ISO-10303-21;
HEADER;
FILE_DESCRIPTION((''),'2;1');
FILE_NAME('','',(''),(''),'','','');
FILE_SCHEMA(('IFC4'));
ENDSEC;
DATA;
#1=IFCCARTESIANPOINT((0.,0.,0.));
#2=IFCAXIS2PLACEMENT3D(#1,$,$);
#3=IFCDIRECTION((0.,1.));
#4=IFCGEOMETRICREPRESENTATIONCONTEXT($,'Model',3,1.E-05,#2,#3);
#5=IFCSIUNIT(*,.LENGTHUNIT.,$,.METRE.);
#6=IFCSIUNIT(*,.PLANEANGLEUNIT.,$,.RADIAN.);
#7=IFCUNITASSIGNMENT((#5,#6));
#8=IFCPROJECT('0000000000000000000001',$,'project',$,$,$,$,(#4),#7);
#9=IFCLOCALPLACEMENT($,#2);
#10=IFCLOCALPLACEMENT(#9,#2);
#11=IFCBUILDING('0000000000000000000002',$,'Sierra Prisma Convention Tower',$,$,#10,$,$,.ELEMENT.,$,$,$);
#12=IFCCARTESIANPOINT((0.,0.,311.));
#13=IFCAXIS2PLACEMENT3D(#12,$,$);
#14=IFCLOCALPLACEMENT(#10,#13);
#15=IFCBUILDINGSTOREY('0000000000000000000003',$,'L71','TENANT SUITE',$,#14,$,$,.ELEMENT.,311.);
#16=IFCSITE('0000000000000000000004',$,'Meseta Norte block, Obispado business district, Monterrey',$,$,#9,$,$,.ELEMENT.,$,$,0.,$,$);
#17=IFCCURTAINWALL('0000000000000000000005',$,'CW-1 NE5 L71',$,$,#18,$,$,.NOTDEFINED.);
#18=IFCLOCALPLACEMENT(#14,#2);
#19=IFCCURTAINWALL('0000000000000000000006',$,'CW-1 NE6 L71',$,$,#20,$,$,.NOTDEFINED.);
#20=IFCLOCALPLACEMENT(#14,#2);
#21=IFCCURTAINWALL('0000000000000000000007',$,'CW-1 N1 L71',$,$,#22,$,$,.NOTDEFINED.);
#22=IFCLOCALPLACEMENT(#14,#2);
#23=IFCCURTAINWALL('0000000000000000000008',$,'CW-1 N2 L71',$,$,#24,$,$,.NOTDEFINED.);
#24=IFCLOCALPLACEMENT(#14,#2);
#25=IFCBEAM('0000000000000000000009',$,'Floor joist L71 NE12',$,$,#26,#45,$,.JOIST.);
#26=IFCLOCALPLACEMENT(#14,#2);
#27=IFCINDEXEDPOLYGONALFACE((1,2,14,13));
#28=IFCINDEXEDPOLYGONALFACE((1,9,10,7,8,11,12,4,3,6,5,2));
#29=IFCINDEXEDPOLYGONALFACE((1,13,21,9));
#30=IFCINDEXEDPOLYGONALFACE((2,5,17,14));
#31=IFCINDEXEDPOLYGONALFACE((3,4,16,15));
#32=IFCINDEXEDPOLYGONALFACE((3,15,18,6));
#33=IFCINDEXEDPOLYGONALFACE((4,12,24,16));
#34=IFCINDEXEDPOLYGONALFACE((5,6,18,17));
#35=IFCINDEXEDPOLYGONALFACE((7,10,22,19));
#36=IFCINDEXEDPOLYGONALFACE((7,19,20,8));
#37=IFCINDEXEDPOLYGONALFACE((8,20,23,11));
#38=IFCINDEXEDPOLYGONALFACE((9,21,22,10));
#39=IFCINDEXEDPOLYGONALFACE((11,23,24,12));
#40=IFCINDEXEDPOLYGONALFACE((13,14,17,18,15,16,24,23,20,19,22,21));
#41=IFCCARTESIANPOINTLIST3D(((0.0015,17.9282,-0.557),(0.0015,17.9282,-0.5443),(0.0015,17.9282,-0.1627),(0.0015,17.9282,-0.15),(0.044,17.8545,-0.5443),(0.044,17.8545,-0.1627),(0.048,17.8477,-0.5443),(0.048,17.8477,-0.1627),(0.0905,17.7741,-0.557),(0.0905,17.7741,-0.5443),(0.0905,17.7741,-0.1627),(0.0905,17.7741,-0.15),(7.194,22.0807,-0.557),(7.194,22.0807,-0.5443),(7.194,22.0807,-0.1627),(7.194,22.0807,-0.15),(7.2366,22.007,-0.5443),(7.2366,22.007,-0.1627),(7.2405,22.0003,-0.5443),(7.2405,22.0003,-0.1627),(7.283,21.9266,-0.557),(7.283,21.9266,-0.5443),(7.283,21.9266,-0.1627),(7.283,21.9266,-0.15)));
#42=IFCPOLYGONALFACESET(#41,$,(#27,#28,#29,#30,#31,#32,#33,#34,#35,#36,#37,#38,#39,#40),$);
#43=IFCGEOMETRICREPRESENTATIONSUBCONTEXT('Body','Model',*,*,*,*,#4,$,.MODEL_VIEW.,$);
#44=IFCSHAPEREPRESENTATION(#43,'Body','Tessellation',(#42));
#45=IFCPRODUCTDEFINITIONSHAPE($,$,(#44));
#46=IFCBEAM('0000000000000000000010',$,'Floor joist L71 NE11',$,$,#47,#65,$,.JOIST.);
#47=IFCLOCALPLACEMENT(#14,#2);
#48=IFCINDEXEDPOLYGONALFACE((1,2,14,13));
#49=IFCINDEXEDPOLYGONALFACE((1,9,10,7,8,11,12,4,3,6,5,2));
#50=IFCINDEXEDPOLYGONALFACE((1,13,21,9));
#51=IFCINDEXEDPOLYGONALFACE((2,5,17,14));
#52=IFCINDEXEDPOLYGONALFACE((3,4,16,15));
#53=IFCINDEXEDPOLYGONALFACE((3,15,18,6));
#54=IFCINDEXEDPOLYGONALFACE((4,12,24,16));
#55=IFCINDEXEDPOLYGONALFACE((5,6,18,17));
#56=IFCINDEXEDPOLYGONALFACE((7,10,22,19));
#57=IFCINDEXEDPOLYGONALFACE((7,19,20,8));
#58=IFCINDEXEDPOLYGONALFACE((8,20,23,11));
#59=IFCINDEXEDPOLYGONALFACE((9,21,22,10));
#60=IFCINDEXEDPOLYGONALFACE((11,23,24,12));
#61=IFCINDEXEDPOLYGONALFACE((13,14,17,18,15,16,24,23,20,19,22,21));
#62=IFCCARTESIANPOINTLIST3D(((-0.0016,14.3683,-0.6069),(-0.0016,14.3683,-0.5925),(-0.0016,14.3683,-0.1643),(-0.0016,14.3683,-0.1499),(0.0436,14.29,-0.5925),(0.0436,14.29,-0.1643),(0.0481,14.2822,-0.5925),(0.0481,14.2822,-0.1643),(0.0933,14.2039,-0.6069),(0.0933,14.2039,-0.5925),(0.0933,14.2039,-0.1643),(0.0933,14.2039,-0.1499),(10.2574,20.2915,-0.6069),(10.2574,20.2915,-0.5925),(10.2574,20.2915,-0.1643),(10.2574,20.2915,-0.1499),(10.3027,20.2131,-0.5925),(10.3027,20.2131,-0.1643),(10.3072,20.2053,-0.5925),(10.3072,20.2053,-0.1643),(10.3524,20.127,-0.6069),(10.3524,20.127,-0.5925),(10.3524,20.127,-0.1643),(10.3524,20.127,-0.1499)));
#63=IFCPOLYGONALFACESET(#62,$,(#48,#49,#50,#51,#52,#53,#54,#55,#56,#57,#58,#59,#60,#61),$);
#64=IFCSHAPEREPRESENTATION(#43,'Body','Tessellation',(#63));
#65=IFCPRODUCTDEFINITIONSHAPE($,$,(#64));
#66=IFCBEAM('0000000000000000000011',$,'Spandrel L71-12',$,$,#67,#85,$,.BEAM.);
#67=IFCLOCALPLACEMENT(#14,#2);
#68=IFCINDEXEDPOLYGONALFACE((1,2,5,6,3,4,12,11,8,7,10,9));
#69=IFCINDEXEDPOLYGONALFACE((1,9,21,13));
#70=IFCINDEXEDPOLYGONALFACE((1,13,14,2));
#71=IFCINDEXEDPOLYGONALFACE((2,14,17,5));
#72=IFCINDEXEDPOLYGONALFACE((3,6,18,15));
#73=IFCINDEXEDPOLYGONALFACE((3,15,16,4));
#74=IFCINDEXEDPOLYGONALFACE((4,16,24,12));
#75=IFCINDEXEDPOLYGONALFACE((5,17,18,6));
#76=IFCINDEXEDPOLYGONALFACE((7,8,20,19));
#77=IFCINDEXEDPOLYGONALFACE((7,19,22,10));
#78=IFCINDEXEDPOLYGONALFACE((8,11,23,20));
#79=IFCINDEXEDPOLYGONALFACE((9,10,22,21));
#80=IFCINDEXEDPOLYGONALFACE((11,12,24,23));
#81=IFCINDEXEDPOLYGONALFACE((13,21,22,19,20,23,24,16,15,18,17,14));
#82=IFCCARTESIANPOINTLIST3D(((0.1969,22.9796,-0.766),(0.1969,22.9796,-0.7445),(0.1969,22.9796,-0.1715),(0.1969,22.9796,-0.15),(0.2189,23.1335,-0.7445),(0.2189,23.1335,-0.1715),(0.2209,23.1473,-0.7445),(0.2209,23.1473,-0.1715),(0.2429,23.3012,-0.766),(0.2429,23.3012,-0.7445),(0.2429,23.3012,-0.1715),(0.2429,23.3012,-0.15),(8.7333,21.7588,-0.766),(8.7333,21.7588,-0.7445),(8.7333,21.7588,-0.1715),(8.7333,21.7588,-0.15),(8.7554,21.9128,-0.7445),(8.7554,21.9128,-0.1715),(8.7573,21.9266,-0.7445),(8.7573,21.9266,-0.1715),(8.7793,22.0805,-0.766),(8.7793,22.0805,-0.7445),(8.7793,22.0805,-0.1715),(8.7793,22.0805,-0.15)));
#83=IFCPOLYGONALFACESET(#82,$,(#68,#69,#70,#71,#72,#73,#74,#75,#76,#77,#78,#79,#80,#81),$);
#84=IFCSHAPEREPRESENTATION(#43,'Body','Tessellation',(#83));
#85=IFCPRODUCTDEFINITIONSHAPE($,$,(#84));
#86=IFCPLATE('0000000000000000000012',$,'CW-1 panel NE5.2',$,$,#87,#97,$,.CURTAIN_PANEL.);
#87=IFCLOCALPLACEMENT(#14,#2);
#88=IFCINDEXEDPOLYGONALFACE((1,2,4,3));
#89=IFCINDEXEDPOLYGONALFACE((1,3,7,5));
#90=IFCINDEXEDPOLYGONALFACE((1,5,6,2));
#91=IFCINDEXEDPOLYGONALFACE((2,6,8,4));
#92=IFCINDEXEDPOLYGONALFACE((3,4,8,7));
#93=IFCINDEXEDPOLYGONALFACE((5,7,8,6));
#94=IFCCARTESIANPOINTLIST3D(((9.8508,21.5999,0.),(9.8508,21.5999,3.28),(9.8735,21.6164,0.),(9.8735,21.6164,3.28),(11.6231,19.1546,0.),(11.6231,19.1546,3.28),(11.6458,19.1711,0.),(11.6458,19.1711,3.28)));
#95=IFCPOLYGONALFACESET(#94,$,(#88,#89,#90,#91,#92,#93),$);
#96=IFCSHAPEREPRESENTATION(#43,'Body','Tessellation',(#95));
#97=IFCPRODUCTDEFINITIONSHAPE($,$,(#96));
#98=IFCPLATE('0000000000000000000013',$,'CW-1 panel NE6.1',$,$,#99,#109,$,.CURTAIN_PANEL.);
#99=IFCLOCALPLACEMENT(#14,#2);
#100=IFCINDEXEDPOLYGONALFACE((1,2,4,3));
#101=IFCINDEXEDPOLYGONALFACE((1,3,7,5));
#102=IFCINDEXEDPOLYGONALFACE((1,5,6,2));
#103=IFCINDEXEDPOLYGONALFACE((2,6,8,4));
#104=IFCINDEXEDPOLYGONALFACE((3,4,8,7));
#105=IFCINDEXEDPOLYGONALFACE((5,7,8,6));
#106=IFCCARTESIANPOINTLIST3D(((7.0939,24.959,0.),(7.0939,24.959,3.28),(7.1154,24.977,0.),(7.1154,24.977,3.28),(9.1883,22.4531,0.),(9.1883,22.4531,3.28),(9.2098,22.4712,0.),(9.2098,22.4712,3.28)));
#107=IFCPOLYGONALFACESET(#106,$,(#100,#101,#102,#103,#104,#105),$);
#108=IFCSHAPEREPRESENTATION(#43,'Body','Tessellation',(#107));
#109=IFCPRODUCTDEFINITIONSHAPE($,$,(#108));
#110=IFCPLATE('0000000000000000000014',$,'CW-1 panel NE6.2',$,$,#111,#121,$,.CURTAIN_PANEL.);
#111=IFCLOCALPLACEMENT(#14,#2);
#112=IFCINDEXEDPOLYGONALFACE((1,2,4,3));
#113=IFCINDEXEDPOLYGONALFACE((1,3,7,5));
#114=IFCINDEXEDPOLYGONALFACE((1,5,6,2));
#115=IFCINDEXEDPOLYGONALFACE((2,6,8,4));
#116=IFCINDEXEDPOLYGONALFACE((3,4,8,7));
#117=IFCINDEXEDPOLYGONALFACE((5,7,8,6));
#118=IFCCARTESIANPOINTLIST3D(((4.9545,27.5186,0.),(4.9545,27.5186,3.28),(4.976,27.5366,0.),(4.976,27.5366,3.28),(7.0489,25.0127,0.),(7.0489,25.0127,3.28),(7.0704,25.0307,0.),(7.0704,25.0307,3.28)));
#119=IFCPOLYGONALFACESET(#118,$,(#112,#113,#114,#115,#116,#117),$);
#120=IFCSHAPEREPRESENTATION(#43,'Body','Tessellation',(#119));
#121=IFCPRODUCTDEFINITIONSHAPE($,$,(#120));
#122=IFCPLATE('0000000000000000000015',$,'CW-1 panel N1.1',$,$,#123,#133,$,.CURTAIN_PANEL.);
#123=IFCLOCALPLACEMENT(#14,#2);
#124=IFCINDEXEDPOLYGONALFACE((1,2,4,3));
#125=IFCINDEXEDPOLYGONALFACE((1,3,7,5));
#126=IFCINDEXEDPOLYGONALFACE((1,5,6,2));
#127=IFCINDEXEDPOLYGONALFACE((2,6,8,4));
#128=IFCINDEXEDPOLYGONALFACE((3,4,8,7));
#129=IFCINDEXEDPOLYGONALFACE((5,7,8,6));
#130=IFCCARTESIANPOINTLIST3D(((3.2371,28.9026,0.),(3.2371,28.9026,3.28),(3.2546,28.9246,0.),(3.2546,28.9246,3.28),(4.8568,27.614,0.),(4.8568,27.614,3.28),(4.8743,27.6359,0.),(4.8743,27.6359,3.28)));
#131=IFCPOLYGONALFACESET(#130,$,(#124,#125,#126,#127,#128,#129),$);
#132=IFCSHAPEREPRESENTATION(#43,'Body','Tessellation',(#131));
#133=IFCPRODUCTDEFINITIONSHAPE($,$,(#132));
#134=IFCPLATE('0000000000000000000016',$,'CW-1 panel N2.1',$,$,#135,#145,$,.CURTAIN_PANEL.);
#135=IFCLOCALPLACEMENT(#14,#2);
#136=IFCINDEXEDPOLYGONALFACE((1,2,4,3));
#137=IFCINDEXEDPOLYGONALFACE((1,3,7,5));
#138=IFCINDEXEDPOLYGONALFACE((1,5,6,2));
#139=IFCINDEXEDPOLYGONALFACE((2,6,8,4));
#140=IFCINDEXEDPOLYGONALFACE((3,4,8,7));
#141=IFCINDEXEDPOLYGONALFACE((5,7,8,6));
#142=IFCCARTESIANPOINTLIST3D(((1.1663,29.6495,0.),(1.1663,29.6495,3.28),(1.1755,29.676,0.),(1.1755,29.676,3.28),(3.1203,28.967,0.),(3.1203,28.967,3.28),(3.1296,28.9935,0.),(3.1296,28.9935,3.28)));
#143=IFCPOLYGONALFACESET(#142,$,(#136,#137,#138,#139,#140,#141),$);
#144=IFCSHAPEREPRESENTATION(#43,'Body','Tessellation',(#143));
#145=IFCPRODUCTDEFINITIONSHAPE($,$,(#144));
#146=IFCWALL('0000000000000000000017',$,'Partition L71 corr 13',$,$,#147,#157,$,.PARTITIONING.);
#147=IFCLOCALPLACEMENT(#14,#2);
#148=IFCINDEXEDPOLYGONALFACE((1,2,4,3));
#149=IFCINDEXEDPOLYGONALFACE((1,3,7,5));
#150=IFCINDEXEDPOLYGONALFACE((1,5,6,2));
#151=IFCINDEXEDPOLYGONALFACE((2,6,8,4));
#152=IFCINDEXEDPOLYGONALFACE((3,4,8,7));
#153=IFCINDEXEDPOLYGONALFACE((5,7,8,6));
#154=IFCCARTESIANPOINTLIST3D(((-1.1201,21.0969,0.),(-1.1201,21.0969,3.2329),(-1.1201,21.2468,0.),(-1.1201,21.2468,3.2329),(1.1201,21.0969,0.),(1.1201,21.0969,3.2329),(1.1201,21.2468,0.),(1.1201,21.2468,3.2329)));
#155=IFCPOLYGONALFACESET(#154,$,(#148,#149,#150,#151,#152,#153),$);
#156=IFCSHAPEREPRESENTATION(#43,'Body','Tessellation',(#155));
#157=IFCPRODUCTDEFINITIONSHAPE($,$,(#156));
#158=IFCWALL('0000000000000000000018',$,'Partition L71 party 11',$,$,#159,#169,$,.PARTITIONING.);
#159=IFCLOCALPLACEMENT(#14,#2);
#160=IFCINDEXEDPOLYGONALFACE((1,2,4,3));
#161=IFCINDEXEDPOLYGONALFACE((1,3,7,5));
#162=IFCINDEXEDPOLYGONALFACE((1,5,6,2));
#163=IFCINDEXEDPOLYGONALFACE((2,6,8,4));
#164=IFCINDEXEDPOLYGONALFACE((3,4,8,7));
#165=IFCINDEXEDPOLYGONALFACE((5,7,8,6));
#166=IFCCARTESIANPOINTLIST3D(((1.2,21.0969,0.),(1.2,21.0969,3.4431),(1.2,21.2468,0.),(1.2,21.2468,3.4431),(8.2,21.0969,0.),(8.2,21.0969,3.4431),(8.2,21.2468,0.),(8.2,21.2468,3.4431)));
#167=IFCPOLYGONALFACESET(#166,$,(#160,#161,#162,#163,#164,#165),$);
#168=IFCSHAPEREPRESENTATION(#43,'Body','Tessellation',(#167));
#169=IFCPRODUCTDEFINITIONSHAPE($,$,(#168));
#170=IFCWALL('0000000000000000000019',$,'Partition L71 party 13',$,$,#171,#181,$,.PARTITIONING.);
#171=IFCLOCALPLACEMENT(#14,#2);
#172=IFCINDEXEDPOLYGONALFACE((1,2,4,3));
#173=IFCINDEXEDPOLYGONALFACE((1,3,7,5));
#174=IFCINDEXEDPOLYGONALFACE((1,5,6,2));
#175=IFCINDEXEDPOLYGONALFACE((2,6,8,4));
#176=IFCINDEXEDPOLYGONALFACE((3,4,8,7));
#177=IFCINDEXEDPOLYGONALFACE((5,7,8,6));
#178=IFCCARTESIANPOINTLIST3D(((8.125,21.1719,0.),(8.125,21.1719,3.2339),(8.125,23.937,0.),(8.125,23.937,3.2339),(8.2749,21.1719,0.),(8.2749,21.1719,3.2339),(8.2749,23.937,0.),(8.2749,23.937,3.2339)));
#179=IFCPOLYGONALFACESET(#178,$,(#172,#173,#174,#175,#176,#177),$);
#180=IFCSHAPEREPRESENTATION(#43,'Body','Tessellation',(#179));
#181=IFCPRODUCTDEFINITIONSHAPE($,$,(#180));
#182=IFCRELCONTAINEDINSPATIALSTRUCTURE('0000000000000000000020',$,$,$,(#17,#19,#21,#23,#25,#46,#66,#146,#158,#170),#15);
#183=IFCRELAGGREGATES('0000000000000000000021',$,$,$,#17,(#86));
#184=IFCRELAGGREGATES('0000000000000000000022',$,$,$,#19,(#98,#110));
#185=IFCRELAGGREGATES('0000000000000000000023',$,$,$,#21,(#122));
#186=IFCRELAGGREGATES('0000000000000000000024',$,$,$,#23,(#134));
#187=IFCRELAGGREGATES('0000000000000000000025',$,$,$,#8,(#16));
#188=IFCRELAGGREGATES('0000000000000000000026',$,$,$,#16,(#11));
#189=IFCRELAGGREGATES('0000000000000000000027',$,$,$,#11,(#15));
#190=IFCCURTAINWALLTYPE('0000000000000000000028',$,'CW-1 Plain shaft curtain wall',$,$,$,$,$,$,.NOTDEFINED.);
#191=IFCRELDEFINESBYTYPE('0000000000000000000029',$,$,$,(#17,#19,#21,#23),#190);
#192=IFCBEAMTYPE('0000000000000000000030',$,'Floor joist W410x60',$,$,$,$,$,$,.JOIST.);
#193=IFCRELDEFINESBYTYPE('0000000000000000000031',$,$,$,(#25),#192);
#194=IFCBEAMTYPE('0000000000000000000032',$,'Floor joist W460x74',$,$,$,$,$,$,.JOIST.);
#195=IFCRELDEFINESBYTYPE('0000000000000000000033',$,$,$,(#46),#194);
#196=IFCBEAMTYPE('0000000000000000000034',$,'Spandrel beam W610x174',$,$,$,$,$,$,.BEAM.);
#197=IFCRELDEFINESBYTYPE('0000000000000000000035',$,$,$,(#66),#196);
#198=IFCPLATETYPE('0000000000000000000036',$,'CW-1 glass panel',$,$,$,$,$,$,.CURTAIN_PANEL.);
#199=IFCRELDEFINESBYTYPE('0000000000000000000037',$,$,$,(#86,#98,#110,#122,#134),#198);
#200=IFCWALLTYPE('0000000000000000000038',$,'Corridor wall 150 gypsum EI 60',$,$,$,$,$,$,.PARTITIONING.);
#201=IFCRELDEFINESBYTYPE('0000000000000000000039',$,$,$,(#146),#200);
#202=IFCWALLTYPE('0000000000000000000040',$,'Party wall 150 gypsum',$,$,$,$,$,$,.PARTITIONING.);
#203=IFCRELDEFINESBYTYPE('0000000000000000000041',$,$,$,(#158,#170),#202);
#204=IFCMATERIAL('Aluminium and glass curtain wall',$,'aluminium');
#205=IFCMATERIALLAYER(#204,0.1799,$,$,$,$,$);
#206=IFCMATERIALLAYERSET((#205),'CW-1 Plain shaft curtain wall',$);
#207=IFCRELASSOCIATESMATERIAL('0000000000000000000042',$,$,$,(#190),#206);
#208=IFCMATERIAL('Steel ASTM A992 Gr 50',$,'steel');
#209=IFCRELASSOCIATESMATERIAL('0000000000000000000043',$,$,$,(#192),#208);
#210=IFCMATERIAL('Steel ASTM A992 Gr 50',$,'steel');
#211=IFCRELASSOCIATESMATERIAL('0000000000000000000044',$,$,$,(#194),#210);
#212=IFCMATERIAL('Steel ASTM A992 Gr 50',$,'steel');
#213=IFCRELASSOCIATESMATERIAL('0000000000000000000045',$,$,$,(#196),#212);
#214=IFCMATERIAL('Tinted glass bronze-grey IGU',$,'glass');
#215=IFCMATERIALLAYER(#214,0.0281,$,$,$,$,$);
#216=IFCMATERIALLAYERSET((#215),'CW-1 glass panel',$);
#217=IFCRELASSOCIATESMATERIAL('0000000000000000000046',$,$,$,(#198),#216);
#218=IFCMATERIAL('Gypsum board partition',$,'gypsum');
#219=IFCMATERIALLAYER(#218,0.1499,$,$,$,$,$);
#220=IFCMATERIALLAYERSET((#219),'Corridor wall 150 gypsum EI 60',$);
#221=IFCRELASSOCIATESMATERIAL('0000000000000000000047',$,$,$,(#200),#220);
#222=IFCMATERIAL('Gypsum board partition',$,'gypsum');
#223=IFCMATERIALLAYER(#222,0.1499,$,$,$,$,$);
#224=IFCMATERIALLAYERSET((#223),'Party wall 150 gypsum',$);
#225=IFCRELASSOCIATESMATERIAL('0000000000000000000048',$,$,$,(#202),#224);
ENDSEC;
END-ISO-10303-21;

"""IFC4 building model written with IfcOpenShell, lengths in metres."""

from ifc_helpers import new_model, si_unit, direction, frame, frame_2d, origin, origin_2d, place, context, subcontext, project, spatial, rectangle, i_section, extrude, material, layer, layer_set, material_profile, profile_set, type_object, element, aggregate, save


model = new_model("IFC4")

# Units and contexts
model_context = context("Model", 3, precision=1e-05, world=origin(), true_north=direction((0.0, 1.0)))
body_context = subcontext(model_context, "Body", "Model", "MODEL_VIEW")
ifc_project = project(units=[si_unit("LENGTHUNIT", "METRE"), si_unit("PLANEANGLEUNIT", "RADIAN")], contexts=[model_context])

# Site, building, storey
site_placement = place(None, origin())
site = spatial("IfcSite", under=ifc_project, at=site_placement, Name="Meseta Norte block, Obispado business district, Monterrey", CompositionType="ELEMENT", RefElevation=0.0)
building_placement = place(site_placement, origin())
building = spatial("IfcBuilding", under=site, at=building_placement, Name="Sierra Prisma Convention Tower", CompositionType="ELEMENT")
storey_placement = place(building_placement, frame((0.0, 0.0, 311.0)))
storey = spatial("IfcBuildingStorey", under=building, at=storey_placement, Name="L71", Description="TENANT SUITE", CompositionType="ELEMENT", Elevation=311.0)

# Curtain walls
ifc_material_1 = material(Name="Aluminium and glass curtain wall", Category="aluminium")
ifc_layer_1 = layer(ifc_material_1, 0.1799)
ifc_layer_set_1 = layer_set([ifc_layer_1], Name="CW-1 Plain shaft curtain wall")
curtain_wall_type = type_object("IfcCurtainWallType", Name="CW-1 Plain shaft curtain wall", PredefinedType="NOTDEFINED", material=ifc_layer_set_1)
curtain_wall_1_placement = place(storey_placement, origin())
curtain_wall_1 = element("IfcCurtainWall", 1, at=curtain_wall_1_placement, inside=storey, type_object=curtain_wall_type, Name="CW-1 NE5 L71", PredefinedType="NOTDEFINED")
curtain_wall_2_placement = place(storey_placement, origin())
curtain_wall_2 = element("IfcCurtainWall", 2, at=curtain_wall_2_placement, inside=storey, type_object=curtain_wall_type, Name="CW-1 NE6 L71", PredefinedType="NOTDEFINED")
curtain_wall_3_placement = place(storey_placement, origin())
curtain_wall_3 = element("IfcCurtainWall", 3, at=curtain_wall_3_placement, inside=storey, type_object=curtain_wall_type, Name="CW-1 N1 L71", PredefinedType="NOTDEFINED")
curtain_wall_4_placement = place(storey_placement, origin())
curtain_wall_4 = element("IfcCurtainWall", 4, at=curtain_wall_4_placement, inside=storey, type_object=curtain_wall_type, Name="CW-1 N2 L71", PredefinedType="NOTDEFINED")

# Beams
ifc_material_2 = material(Name="Steel ASTM A992 Gr 50", Category="steel")
ifc_material_profile_1 = material_profile(ifc_material_2, i_section(OverallWidth=0.178, OverallDepth=0.407, WebThickness=0.0078, FlangeThickness=0.0127, at=origin_2d()), Name="W410x60")
ifc_profile_set_1 = profile_set([ifc_material_profile_1], Name="Steel ASTM A992 Gr 50")
beam_type_1 = type_object("IfcBeamType", Name="Floor joist W410x60", PredefinedType="JOIST", material=ifc_profile_set_1)
beam_1_placement = place(storey_placement, frame((7.2385, 22.0037, -0.3535), z_axis=(-0.866029, -0.499993, 0.0), x_axis=(0.499993, -0.866029, 0.0)))
element("IfcBeam", 5, at=beam_1_placement, inside=storey, type_object=beam_type_1, Name="Floor joist L71 NE12", PredefinedType="JOIST", context=body_context, shape_type="SweptSolid", body=[
    extrude(i_section(OverallWidth=0.178, OverallDepth=0.407, WebThickness=0.0078, FlangeThickness=0.0127, at=origin_2d()), origin(), (0.0, 0.0, 1.0), 8.3052),
])
ifc_material_3 = material(Name="Steel ASTM A992 Gr 50", Category="steel")
ifc_material_profile_2 = material_profile(ifc_material_3, i_section(OverallWidth=0.1899, OverallDepth=0.457, WebThickness=0.009, FlangeThickness=0.0144, at=origin_2d()), Name="W460x74")
ifc_profile_set_2 = profile_set([ifc_material_profile_2], Name="Steel ASTM A992 Gr 50")
beam_type_2 = type_object("IfcBeamType", Name="Floor joist W460x74", PredefinedType="JOIST", material=ifc_profile_set_2)
beam_2_placement = place(storey_placement, frame((10.3049, 20.2092, -0.3784), z_axis=(-0.866024, -0.500003, 0.0), x_axis=(0.500003, -0.866024, 0.0)))
element("IfcBeam", 6, at=beam_2_placement, inside=storey, type_object=beam_type_2, Name="Floor joist L71 NE11", PredefinedType="JOIST", context=body_context, shape_type="SweptSolid", body=[
    extrude(i_section(OverallWidth=0.1899, OverallDepth=0.457, WebThickness=0.009, FlangeThickness=0.0144, at=origin_2d()), origin(), (0.0, 0.0, 1.0), 11.8462),
])
ifc_material_4 = material(Name="Steel ASTM A992 Gr 50", Category="steel")
ifc_material_profile_3 = material_profile(ifc_material_4, i_section(OverallWidth=0.325, OverallDepth=0.616, WebThickness=0.0139, FlangeThickness=0.0215, at=origin_2d()), Name="W610x174")
ifc_profile_set_3 = profile_set([ifc_material_profile_3], Name="Steel ASTM A992 Gr 50")
beam_type_3 = type_object("IfcBeamType", Name="Spandrel beam W610x174", PredefinedType="BEAM", material=ifc_profile_set_3)
beam_3_placement = place(storey_placement, frame((8.7563, 21.9197, -0.458), z_axis=(-0.98993, 0.14156, 0.0), x_axis=(-0.14156, -0.98993, 0.0)))
element("IfcBeam", 7, at=beam_3_placement, inside=storey, type_object=beam_type_3, Name="Spandrel L71-12", PredefinedType="BEAM", context=body_context, shape_type="SweptSolid", body=[
    extrude(i_section(OverallWidth=0.325, OverallDepth=0.616, WebThickness=0.0139, FlangeThickness=0.0215, at=origin_2d()), origin(), (0.0, 0.0, 1.0), 8.6233),
])

# Plates
ifc_material_5 = material(Name="Tinted glass bronze-grey IGU", Category="glass")
ifc_layer_2 = layer(ifc_material_5, 0.0281)
ifc_layer_set_2 = layer_set([ifc_layer_2], Name="CW-1 glass panel")
plate_type = type_object("IfcPlateType", Name="CW-1 glass panel", PredefinedType="CURTAIN_PANEL", material=ifc_layer_set_2)
plate_1_placement = place(storey_placement, frame((10.7483, 20.3855, 0.0), z_axis=(0.0, 0.0, 1.0), x_axis=(-0.586841, 0.809702, 0.0)))
plate_1 = element("IfcPlate", 8, at=plate_1_placement, type_object=plate_type, Name="CW-1 panel NE5.2", PredefinedType="CURTAIN_PANEL", context=body_context, shape_type="SweptSolid", body=[
    extrude(rectangle(XDim=3.02, YDim=0.0281, at=origin_2d()), origin(), (0.0, 0.0, 1.0), 3.28),
])
aggregate(curtain_wall_1, [plate_1])
plate_2_placement = place(storey_placement, frame((8.1519, 23.7151, 0.0), z_axis=(0.0, 0.0, 1.0), x_axis=(-0.641297, 0.767293, 0.0)))
plate_2 = element("IfcPlate", 9, at=plate_2_placement, type_object=plate_type, Name="CW-1 panel NE6.1", PredefinedType="CURTAIN_PANEL", context=body_context, shape_type="SweptSolid", body=[
    extrude(rectangle(XDim=3.2659, YDim=0.0281, at=origin_2d()), origin(), (0.0, 0.0, 1.0), 3.28),
])
plate_3_placement = place(storey_placement, frame((6.0125, 26.2747, 0.0), z_axis=(0.0, 0.0, 1.0), x_axis=(-0.641297, 0.767293, 0.0)))
plate_3 = element("IfcPlate", 10, at=plate_3_placement, type_object=plate_type, Name="CW-1 panel NE6.2", PredefinedType="CURTAIN_PANEL", context=body_context, shape_type="SweptSolid", body=[
    extrude(rectangle(XDim=3.2659, YDim=0.0281, at=origin_2d()), origin(), (0.0, 0.0, 1.0), 3.28),
])
aggregate(curtain_wall_2, [plate_2, plate_3])
plate_4_placement = place(storey_placement, frame((4.0557, 28.2693, 0.0), z_axis=(0.0, 0.0, 1.0), x_axis=(-0.782533, 0.62261, 0.0)))
plate_4 = element("IfcPlate", 11, at=plate_4_placement, type_object=plate_type, Name="CW-1 panel N1.1", PredefinedType="CURTAIN_PANEL", context=body_context, shape_type="SweptSolid", body=[
    extrude(rectangle(XDim=2.0698, YDim=0.0281, at=origin_2d()), origin(), (0.0, 0.0, 1.0), 3.28),
])
aggregate(curtain_wall_3, [plate_4])
plate_5_placement = place(storey_placement, frame((2.1479, 29.3215, 0.0), z_axis=(0.0, 0.0, 1.0), x_axis=(-0.944069, 0.329748, 0.0)))
plate_5 = element("IfcPlate", 12, at=plate_5_placement, type_object=plate_type, Name="CW-1 panel N2.1", PredefinedType="CURTAIN_PANEL", context=body_context, shape_type="SweptSolid", body=[
    extrude(rectangle(XDim=2.0698, YDim=0.0281, at=origin_2d()), origin(), (0.0, 0.0, 1.0), 3.28),
])
aggregate(curtain_wall_4, [plate_5])

# Walls
ifc_material_6 = material(Name="Gypsum board partition", Category="gypsum")
ifc_layer_3 = layer(ifc_material_6, 0.1499)
ifc_layer_set_3 = layer_set([ifc_layer_3], Name="Corridor wall 150 gypsum EI 60")
wall_type_1 = type_object("IfcWallType", Name="Corridor wall 150 gypsum EI 60", PredefinedType="PARTITIONING", material=ifc_layer_set_3)
wall_1_placement = place(storey_placement, frame((1.1201, 21.1719, 0.0), z_axis=(0.0, 0.0, 1.0), x_axis=(-1.0, 0.0, 0.0)))
element("IfcWall", 13, at=wall_1_placement, inside=storey, type_object=wall_type_1, Name="Partition L71 corr 13", PredefinedType="PARTITIONING", context=body_context, shape_type="SweptSolid", body=[
    extrude(rectangle(XDim=2.2402, YDim=0.1499, at=frame_2d((1.1201, 0.0))), origin(), (0.0, 0.0, 1.0), 3.2329),
])
ifc_material_7 = material(Name="Gypsum board partition", Category="gypsum")
ifc_layer_4 = layer(ifc_material_7, 0.1499)
ifc_layer_set_4 = layer_set([ifc_layer_4], Name="Party wall 150 gypsum")
wall_type_2 = type_object("IfcWallType", Name="Party wall 150 gypsum", PredefinedType="PARTITIONING", material=ifc_layer_set_4)
wall_2_placement = place(storey_placement, frame((1.2, 21.1719, 0.0), z_axis=(0.0, 0.0, 1.0), x_axis=(1.0, 0.0, 0.0)))
element("IfcWall", 14, at=wall_2_placement, inside=storey, type_object=wall_type_2, Name="Partition L71 party 11", PredefinedType="PARTITIONING", context=body_context, shape_type="SweptSolid", body=[
    extrude(rectangle(XDim=7.0, YDim=0.1499, at=frame_2d((3.5, 0.0))), origin(), (0.0, 0.0, 1.0), 3.4431),
])
wall_3_placement = place(storey_placement, frame((8.2, 21.1719, 0.0), z_axis=(0.0, 0.0, 1.0), x_axis=(0.0, 1.0, 0.0)))
element("IfcWall", 15, at=wall_3_placement, inside=storey, type_object=wall_type_2, Name="Partition L71 party 13", PredefinedType="PARTITIONING", context=body_context, shape_type="SweptSolid", body=[
    extrude(rectangle(XDim=2.7651, YDim=0.1499, at=frame_2d((1.3826, 0.0))), origin(), (0.0, 0.0, 1.0), 3.2339),
])

save(model, "model.ifc")
